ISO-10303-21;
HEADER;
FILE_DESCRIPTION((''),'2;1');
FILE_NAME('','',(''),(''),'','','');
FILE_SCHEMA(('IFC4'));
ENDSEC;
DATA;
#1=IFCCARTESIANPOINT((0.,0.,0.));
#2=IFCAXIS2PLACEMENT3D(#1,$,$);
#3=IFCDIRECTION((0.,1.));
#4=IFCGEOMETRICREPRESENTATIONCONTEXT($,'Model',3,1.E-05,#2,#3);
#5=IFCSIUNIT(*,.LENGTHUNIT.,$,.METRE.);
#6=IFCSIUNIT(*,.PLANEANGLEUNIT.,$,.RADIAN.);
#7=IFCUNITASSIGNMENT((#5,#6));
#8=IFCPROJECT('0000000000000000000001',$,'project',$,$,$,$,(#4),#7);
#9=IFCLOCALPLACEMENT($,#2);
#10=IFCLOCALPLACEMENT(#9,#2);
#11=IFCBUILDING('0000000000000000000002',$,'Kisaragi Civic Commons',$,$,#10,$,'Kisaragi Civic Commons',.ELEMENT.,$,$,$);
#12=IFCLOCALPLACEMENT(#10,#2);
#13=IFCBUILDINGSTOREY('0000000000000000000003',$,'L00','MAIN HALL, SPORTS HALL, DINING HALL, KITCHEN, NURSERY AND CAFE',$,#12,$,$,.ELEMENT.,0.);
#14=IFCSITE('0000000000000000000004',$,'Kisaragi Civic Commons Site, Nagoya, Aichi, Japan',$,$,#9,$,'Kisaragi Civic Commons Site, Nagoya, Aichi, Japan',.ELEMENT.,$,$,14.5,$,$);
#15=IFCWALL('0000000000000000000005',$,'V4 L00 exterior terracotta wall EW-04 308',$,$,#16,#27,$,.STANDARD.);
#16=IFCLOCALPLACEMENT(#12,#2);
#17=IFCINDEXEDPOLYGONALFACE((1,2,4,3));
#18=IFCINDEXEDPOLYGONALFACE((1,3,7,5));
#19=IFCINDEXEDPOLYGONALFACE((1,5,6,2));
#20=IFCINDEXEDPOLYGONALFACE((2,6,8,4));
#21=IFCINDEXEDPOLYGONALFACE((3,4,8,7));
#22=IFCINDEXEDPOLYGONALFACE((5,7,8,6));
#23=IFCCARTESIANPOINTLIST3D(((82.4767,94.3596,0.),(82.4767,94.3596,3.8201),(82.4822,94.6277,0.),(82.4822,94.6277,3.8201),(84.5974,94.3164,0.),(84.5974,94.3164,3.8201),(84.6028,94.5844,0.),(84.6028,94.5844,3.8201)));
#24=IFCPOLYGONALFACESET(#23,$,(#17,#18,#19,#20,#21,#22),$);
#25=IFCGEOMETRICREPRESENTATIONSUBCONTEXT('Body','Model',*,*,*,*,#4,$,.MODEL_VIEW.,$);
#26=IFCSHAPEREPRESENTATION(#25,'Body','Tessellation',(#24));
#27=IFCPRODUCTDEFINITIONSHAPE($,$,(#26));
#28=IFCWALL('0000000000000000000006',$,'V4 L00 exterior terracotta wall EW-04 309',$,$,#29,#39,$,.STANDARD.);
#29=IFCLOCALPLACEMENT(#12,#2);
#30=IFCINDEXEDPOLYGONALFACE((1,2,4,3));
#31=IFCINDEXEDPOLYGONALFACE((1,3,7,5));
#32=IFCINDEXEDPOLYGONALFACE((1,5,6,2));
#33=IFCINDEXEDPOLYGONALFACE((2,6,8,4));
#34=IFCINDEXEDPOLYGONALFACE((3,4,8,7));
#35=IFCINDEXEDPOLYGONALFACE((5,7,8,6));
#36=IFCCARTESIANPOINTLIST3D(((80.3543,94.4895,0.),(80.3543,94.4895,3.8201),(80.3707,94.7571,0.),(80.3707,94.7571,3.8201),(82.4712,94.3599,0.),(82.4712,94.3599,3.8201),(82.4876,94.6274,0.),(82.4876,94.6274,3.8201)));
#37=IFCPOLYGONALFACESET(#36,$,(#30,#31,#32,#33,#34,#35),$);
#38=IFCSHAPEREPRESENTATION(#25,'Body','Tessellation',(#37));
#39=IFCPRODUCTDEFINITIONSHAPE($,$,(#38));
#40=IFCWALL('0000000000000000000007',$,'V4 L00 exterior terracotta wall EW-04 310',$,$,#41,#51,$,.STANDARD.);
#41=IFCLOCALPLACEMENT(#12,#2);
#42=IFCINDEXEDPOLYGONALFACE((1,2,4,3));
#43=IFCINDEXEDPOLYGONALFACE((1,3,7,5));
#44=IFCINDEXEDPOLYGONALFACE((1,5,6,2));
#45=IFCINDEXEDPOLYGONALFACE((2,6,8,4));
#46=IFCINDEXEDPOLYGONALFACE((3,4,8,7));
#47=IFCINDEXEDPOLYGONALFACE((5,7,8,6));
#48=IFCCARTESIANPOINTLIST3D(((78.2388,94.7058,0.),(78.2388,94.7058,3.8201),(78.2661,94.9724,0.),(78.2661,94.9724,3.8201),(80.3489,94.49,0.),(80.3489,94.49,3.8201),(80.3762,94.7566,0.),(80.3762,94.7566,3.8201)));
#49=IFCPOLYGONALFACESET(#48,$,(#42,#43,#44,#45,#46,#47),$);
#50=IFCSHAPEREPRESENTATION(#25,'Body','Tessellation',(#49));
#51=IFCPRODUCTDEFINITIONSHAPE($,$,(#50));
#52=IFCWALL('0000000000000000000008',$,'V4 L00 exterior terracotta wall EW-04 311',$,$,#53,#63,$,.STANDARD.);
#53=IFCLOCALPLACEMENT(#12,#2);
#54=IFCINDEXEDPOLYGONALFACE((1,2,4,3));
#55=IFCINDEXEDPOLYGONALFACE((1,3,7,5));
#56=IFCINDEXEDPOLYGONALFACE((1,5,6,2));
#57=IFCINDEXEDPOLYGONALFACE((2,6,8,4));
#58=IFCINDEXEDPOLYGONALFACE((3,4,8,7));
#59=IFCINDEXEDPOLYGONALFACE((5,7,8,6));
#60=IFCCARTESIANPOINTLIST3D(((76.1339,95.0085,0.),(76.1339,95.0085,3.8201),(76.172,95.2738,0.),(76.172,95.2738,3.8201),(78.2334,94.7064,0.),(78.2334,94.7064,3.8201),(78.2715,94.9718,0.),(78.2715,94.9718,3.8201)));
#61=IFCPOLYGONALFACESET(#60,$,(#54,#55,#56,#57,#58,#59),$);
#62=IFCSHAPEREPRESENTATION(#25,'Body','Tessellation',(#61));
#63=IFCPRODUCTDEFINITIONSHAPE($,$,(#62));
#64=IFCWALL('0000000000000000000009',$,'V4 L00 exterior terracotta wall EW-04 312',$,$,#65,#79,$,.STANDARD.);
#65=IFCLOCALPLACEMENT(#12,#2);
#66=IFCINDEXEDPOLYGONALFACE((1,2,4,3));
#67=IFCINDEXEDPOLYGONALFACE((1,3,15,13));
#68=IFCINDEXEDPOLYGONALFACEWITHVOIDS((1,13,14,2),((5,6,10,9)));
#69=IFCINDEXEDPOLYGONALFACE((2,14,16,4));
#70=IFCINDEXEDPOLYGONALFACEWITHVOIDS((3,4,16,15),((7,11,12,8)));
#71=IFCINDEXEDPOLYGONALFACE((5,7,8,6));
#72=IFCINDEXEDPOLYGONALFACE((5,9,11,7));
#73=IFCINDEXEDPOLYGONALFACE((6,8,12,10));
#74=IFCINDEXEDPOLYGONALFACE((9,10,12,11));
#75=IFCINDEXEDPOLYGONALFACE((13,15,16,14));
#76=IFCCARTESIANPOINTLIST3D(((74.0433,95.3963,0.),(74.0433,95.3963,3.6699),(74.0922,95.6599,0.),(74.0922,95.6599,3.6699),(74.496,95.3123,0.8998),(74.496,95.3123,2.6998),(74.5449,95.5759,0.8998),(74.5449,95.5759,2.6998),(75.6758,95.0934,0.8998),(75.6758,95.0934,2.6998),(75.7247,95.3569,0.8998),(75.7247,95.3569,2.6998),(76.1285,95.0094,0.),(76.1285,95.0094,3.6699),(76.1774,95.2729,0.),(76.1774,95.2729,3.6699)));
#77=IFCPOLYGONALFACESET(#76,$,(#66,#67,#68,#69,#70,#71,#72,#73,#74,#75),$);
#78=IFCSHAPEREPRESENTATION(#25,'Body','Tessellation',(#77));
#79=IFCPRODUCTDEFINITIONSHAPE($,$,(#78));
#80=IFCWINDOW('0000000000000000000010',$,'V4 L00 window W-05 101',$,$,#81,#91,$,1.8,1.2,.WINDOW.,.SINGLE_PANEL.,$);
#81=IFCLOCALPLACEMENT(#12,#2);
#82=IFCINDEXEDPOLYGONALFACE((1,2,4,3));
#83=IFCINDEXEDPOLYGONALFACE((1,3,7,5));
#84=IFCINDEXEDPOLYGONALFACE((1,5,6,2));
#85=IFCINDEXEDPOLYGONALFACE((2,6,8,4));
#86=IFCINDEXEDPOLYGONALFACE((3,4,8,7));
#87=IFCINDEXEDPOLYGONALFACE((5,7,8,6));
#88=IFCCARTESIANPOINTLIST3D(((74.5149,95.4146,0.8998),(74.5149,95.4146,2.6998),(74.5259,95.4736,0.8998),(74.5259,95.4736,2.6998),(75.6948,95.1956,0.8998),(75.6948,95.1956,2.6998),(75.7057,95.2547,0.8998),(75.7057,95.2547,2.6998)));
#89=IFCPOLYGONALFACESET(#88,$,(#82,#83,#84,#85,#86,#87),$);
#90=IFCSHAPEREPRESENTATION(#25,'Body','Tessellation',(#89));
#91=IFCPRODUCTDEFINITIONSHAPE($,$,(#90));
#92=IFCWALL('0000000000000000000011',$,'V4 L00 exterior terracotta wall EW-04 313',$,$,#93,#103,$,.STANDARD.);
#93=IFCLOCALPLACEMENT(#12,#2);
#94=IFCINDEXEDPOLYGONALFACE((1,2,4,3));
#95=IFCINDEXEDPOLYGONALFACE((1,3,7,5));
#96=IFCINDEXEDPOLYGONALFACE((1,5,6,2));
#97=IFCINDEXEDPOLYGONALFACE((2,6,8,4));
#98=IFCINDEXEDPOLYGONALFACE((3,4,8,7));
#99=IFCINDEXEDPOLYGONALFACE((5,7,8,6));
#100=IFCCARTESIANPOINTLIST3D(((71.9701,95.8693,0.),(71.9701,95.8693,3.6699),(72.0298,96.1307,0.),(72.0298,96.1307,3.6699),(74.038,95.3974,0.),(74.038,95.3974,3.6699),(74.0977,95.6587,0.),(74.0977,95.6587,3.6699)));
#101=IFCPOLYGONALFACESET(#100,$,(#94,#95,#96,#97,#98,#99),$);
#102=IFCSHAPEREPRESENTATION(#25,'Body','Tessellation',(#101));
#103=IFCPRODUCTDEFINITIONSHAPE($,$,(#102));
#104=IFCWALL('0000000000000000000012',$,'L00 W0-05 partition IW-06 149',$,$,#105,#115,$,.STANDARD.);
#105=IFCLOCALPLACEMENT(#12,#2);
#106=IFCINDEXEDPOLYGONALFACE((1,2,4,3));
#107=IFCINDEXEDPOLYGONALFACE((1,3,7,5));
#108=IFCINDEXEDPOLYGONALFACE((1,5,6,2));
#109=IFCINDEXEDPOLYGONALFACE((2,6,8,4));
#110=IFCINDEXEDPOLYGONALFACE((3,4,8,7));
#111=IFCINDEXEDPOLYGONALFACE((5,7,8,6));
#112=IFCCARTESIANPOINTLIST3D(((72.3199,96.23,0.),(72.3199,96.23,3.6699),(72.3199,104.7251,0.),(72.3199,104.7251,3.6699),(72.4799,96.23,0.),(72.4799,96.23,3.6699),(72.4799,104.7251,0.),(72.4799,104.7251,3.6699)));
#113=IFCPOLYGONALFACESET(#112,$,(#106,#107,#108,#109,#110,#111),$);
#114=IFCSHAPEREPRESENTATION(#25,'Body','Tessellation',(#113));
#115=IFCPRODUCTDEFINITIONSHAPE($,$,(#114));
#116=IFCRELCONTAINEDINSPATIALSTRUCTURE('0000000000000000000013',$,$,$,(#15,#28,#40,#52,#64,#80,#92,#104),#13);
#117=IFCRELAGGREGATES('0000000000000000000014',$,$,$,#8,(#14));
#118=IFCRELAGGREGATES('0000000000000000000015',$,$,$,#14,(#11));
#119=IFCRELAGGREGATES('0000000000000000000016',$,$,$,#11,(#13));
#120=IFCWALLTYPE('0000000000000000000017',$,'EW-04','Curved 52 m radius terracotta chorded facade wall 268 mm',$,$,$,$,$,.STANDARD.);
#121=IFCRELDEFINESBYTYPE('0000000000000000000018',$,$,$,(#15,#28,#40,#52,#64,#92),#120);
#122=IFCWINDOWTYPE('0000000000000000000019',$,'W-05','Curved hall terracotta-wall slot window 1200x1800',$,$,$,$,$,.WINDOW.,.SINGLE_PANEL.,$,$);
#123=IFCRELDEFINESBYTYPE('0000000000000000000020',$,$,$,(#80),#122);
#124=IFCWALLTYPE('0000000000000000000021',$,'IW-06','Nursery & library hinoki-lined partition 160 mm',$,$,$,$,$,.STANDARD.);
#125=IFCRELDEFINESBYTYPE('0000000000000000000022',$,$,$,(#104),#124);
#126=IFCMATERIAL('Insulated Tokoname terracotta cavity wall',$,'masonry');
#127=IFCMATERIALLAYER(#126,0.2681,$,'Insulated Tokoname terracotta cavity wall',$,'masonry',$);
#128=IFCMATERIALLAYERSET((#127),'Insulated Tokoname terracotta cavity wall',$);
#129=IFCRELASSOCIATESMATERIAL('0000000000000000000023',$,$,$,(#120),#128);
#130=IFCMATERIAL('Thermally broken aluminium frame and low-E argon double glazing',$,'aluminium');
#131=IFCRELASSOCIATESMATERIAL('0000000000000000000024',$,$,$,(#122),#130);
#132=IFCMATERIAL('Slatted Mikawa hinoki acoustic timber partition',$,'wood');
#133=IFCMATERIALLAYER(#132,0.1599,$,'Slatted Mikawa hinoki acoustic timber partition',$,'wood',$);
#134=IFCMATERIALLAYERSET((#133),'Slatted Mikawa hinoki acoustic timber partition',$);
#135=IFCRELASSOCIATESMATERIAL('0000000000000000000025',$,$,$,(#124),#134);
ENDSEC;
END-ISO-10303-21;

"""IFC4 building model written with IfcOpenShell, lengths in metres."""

from ifc_helpers import new_model, si_unit, direction, frame, frame_2d, origin, place, context, subcontext, project, spatial, rectangle, extrude, material, layer, layer_set, type_object, element, fill, save


model = new_model("IFC4")

# Units and contexts
model_context = context("Model", 3, precision=1e-05, world=origin(), true_north=direction((0.0, 1.0)))
body_context = subcontext(model_context, "Body", "Model", "MODEL_VIEW")
ifc_project = project(units=[si_unit("LENGTHUNIT", "METRE"), si_unit("PLANEANGLEUNIT", "RADIAN")], contexts=[model_context])

# Site, building, storey
site_placement = place(None, origin())
site = spatial("IfcSite", under=ifc_project, at=site_placement, Name="Kisaragi Civic Commons Site, Nagoya, Aichi, Japan", LongName="Kisaragi Civic Commons Site, Nagoya, Aichi, Japan", CompositionType="ELEMENT", RefElevation=14.5)
building_placement = place(site_placement, origin())
building = spatial("IfcBuilding", under=site, at=building_placement, Name="Kisaragi Civic Commons", LongName="Kisaragi Civic Commons", CompositionType="ELEMENT")
storey_placement = place(building_placement, origin())
storey = spatial("IfcBuildingStorey", under=building, at=storey_placement, Name="L00", Description="MAIN HALL, SPORTS HALL, DINING HALL, KITCHEN, NURSERY AND CAFE", CompositionType="ELEMENT", Elevation=0.0)

# Shared definitions
ifc_material_1 = material(Name="Insulated Tokoname terracotta cavity wall", Category="masonry")
ifc_layer_1 = layer(ifc_material_1, 0.2681, Name="Insulated Tokoname terracotta cavity wall", Category="masonry")
ifc_layer_set_1 = layer_set([ifc_layer_1], Name="Insulated Tokoname terracotta cavity wall")
wall_type_1 = type_object("IfcWallType", Name="EW-04", Description="Curved 52 m radius terracotta chorded facade wall 268 mm", PredefinedType="STANDARD", material=ifc_layer_set_1)

# Shared definitions
ifc_material_2 = material(Name="Thermally broken aluminium frame and low-E argon double glazing", Category="aluminium")
window_type = type_object("IfcWindowType", Name="W-05", Description="Curved hall terracotta-wall slot window 1200x1800", PartitioningType="SINGLE_PANEL", PredefinedType="WINDOW", material=ifc_material_2)

# Walls
wall_1_placement = place(storey_placement, frame((84.6001, 94.4504, 0.0), z_axis=(0.0, 0.0, 1.0), x_axis=(-0.999792, 0.020373, 0.0)))
element("IfcWall", 1, at=wall_1_placement, inside=storey, type_object=wall_type_1, Name="V4 L00 exterior terracotta wall EW-04 308", PredefinedType="STANDARD", context=body_context, shape_type="SweptSolid", body=[
    extrude(rectangle(XDim=2.1211, YDim=0.2681, at=frame_2d((1.0605, 0.0))), origin(), (0.0, 0.0, 1.0), 3.8201),
])
wall_2_placement = place(storey_placement, frame((82.4795, 94.4937, 0.0), z_axis=(0.0, 0.0, 1.0), x_axis=(-0.99813, 0.061124, 0.0)))
element("IfcWall", 2, at=wall_2_placement, inside=storey, type_object=wall_type_1, Name="V4 L00 exterior terracotta wall EW-04 309", PredefinedType="STANDARD", context=body_context, shape_type="SweptSolid", body=[
    extrude(rectangle(XDim=2.1208, YDim=0.2681, at=frame_2d((1.0605, 0.0))), origin(), (0.0, 0.0, 1.0), 3.8201),
])
for number, where, z_axis, x_axis, name in (
    (3, (80.3625, 94.6233, 0.0), (0.0, 0.0, 1.0), (-0.99481, 0.101748, 0.0), "V4 L00 exterior terracotta wall EW-04 310"),
    (4, (78.2524, 94.8391, 0.0), (0.0, 0.0, 1.0), (-0.989811, 0.142388, 0.0), "V4 L00 exterior terracotta wall EW-04 311"),
):
    element("IfcWall", number, at=place(storey_placement, frame(where, z_axis=z_axis, x_axis=x_axis)), inside=storey, type_object=wall_type_1, Name=name, PredefinedType="STANDARD", context=body_context, shape_type="SweptSolid", body=[
        extrude(rectangle(XDim=2.1211, YDim=0.2681, at=frame_2d((1.0605, 0.0))), origin(), (0.0, 0.0, 1.0), 3.8201),
    ])

# Wall, opening, window
wall_3_placement = place(storey_placement, frame((76.1531, 95.1411, 0.0), z_axis=(0.0, 0.0, 1.0), x_axis=(-0.983213, 0.18246, 0.0)))
wall_3 = element("IfcWall", 5, at=wall_3_placement, inside=storey, type_object=wall_type_1, Name="V4 L00 exterior terracotta wall EW-04 312", PredefinedType="STANDARD", context=body_context, shape_type="SweptSolid", body=[
    extrude(rectangle(XDim=2.1208, YDim=0.2681, at=frame_2d((1.0605, 0.0))), origin(), (0.0, 0.0, 1.0), 3.6699),
])
opening_1_placement = place(wall_3_placement, frame((0.4604, 0.0, 0.8999)))
opening_1 = element("IfcOpeningElement", 6, at=opening_1_placement, cuts=wall_3, PredefinedType="OPENING", context=body_context, shape_type="SweptSolid", body=[
    extrude(rectangle(XDim=1.2, YDim=1.8, at=frame_2d((0.6001, 0.8999))), frame((0.0, 0.144, 0.0), z_axis=(0.0, -1.0, 0.0), x_axis=(1.0, 0.0, 0.0)), (0.0, 0.0, 1.0), 0.2881),
])
window_1_placement = place(opening_1_placement, origin())
window_1 = element("IfcWindow", 7, at=window_1_placement, inside=storey, type_object=window_type, Name="V4 L00 window W-05 101", OverallHeight=1.8, OverallWidth=1.2, PartitioningType="SINGLE_PANEL", PredefinedType="WINDOW", context=body_context, shape_type="SweptSolid", body=[
    extrude(rectangle(XDim=1.2, YDim=1.8, at=frame_2d((0.6001, 0.8999))), frame((0.0, 0.03, 0.0), z_axis=(0.0, -1.0, 0.0), x_axis=(1.0, 0.0, 0.0)), (0.0, 0.0, 1.0), 0.0601),
])
fill(opening_1, window_1)

# Walls
wall_4_placement = place(storey_placement, frame((74.0679, 95.5281, 0.0), z_axis=(0.0, 0.0, 1.0), x_axis=(-0.974933, 0.222497, 0.0)))
element("IfcWall", 8, at=wall_4_placement, inside=storey, type_object=wall_type_1, Name="V4 L00 exterior terracotta wall EW-04 313", PredefinedType="STANDARD", context=body_context, shape_type="SweptSolid", body=[
    extrude(rectangle(XDim=2.1211, YDim=0.2681, at=frame_2d((1.0605, 0.0))), origin(), (0.0, 0.0, 1.0), 3.6699),
])
ifc_material_3 = material(Name="Slatted Mikawa hinoki acoustic timber partition", Category="wood")
ifc_layer_2 = layer(ifc_material_3, 0.1599, Name="Slatted Mikawa hinoki acoustic timber partition", Category="wood")
ifc_layer_set_2 = layer_set([ifc_layer_2], Name="Slatted Mikawa hinoki acoustic timber partition")
wall_type_2 = type_object("IfcWallType", Name="IW-06", Description="Nursery & library hinoki-lined partition 160 mm", PredefinedType="STANDARD", material=ifc_layer_set_2)
wall_5_placement = place(storey_placement, frame((72.3999, 96.23, 0.0), z_axis=(0.0, 0.0, 1.0), x_axis=(0.0, 1.0, 0.0)))
element("IfcWall", 9, at=wall_5_placement, inside=storey, type_object=wall_type_2, Name="L00 W0-05 partition IW-06 149", PredefinedType="STANDARD", context=body_context, shape_type="SweptSolid", body=[
    extrude(rectangle(XDim=8.4951, YDim=0.1599, at=frame_2d((4.2476, 0.0))), origin(), (0.0, 0.0, 1.0), 3.6699),
])

save(model, "model.ifc")
